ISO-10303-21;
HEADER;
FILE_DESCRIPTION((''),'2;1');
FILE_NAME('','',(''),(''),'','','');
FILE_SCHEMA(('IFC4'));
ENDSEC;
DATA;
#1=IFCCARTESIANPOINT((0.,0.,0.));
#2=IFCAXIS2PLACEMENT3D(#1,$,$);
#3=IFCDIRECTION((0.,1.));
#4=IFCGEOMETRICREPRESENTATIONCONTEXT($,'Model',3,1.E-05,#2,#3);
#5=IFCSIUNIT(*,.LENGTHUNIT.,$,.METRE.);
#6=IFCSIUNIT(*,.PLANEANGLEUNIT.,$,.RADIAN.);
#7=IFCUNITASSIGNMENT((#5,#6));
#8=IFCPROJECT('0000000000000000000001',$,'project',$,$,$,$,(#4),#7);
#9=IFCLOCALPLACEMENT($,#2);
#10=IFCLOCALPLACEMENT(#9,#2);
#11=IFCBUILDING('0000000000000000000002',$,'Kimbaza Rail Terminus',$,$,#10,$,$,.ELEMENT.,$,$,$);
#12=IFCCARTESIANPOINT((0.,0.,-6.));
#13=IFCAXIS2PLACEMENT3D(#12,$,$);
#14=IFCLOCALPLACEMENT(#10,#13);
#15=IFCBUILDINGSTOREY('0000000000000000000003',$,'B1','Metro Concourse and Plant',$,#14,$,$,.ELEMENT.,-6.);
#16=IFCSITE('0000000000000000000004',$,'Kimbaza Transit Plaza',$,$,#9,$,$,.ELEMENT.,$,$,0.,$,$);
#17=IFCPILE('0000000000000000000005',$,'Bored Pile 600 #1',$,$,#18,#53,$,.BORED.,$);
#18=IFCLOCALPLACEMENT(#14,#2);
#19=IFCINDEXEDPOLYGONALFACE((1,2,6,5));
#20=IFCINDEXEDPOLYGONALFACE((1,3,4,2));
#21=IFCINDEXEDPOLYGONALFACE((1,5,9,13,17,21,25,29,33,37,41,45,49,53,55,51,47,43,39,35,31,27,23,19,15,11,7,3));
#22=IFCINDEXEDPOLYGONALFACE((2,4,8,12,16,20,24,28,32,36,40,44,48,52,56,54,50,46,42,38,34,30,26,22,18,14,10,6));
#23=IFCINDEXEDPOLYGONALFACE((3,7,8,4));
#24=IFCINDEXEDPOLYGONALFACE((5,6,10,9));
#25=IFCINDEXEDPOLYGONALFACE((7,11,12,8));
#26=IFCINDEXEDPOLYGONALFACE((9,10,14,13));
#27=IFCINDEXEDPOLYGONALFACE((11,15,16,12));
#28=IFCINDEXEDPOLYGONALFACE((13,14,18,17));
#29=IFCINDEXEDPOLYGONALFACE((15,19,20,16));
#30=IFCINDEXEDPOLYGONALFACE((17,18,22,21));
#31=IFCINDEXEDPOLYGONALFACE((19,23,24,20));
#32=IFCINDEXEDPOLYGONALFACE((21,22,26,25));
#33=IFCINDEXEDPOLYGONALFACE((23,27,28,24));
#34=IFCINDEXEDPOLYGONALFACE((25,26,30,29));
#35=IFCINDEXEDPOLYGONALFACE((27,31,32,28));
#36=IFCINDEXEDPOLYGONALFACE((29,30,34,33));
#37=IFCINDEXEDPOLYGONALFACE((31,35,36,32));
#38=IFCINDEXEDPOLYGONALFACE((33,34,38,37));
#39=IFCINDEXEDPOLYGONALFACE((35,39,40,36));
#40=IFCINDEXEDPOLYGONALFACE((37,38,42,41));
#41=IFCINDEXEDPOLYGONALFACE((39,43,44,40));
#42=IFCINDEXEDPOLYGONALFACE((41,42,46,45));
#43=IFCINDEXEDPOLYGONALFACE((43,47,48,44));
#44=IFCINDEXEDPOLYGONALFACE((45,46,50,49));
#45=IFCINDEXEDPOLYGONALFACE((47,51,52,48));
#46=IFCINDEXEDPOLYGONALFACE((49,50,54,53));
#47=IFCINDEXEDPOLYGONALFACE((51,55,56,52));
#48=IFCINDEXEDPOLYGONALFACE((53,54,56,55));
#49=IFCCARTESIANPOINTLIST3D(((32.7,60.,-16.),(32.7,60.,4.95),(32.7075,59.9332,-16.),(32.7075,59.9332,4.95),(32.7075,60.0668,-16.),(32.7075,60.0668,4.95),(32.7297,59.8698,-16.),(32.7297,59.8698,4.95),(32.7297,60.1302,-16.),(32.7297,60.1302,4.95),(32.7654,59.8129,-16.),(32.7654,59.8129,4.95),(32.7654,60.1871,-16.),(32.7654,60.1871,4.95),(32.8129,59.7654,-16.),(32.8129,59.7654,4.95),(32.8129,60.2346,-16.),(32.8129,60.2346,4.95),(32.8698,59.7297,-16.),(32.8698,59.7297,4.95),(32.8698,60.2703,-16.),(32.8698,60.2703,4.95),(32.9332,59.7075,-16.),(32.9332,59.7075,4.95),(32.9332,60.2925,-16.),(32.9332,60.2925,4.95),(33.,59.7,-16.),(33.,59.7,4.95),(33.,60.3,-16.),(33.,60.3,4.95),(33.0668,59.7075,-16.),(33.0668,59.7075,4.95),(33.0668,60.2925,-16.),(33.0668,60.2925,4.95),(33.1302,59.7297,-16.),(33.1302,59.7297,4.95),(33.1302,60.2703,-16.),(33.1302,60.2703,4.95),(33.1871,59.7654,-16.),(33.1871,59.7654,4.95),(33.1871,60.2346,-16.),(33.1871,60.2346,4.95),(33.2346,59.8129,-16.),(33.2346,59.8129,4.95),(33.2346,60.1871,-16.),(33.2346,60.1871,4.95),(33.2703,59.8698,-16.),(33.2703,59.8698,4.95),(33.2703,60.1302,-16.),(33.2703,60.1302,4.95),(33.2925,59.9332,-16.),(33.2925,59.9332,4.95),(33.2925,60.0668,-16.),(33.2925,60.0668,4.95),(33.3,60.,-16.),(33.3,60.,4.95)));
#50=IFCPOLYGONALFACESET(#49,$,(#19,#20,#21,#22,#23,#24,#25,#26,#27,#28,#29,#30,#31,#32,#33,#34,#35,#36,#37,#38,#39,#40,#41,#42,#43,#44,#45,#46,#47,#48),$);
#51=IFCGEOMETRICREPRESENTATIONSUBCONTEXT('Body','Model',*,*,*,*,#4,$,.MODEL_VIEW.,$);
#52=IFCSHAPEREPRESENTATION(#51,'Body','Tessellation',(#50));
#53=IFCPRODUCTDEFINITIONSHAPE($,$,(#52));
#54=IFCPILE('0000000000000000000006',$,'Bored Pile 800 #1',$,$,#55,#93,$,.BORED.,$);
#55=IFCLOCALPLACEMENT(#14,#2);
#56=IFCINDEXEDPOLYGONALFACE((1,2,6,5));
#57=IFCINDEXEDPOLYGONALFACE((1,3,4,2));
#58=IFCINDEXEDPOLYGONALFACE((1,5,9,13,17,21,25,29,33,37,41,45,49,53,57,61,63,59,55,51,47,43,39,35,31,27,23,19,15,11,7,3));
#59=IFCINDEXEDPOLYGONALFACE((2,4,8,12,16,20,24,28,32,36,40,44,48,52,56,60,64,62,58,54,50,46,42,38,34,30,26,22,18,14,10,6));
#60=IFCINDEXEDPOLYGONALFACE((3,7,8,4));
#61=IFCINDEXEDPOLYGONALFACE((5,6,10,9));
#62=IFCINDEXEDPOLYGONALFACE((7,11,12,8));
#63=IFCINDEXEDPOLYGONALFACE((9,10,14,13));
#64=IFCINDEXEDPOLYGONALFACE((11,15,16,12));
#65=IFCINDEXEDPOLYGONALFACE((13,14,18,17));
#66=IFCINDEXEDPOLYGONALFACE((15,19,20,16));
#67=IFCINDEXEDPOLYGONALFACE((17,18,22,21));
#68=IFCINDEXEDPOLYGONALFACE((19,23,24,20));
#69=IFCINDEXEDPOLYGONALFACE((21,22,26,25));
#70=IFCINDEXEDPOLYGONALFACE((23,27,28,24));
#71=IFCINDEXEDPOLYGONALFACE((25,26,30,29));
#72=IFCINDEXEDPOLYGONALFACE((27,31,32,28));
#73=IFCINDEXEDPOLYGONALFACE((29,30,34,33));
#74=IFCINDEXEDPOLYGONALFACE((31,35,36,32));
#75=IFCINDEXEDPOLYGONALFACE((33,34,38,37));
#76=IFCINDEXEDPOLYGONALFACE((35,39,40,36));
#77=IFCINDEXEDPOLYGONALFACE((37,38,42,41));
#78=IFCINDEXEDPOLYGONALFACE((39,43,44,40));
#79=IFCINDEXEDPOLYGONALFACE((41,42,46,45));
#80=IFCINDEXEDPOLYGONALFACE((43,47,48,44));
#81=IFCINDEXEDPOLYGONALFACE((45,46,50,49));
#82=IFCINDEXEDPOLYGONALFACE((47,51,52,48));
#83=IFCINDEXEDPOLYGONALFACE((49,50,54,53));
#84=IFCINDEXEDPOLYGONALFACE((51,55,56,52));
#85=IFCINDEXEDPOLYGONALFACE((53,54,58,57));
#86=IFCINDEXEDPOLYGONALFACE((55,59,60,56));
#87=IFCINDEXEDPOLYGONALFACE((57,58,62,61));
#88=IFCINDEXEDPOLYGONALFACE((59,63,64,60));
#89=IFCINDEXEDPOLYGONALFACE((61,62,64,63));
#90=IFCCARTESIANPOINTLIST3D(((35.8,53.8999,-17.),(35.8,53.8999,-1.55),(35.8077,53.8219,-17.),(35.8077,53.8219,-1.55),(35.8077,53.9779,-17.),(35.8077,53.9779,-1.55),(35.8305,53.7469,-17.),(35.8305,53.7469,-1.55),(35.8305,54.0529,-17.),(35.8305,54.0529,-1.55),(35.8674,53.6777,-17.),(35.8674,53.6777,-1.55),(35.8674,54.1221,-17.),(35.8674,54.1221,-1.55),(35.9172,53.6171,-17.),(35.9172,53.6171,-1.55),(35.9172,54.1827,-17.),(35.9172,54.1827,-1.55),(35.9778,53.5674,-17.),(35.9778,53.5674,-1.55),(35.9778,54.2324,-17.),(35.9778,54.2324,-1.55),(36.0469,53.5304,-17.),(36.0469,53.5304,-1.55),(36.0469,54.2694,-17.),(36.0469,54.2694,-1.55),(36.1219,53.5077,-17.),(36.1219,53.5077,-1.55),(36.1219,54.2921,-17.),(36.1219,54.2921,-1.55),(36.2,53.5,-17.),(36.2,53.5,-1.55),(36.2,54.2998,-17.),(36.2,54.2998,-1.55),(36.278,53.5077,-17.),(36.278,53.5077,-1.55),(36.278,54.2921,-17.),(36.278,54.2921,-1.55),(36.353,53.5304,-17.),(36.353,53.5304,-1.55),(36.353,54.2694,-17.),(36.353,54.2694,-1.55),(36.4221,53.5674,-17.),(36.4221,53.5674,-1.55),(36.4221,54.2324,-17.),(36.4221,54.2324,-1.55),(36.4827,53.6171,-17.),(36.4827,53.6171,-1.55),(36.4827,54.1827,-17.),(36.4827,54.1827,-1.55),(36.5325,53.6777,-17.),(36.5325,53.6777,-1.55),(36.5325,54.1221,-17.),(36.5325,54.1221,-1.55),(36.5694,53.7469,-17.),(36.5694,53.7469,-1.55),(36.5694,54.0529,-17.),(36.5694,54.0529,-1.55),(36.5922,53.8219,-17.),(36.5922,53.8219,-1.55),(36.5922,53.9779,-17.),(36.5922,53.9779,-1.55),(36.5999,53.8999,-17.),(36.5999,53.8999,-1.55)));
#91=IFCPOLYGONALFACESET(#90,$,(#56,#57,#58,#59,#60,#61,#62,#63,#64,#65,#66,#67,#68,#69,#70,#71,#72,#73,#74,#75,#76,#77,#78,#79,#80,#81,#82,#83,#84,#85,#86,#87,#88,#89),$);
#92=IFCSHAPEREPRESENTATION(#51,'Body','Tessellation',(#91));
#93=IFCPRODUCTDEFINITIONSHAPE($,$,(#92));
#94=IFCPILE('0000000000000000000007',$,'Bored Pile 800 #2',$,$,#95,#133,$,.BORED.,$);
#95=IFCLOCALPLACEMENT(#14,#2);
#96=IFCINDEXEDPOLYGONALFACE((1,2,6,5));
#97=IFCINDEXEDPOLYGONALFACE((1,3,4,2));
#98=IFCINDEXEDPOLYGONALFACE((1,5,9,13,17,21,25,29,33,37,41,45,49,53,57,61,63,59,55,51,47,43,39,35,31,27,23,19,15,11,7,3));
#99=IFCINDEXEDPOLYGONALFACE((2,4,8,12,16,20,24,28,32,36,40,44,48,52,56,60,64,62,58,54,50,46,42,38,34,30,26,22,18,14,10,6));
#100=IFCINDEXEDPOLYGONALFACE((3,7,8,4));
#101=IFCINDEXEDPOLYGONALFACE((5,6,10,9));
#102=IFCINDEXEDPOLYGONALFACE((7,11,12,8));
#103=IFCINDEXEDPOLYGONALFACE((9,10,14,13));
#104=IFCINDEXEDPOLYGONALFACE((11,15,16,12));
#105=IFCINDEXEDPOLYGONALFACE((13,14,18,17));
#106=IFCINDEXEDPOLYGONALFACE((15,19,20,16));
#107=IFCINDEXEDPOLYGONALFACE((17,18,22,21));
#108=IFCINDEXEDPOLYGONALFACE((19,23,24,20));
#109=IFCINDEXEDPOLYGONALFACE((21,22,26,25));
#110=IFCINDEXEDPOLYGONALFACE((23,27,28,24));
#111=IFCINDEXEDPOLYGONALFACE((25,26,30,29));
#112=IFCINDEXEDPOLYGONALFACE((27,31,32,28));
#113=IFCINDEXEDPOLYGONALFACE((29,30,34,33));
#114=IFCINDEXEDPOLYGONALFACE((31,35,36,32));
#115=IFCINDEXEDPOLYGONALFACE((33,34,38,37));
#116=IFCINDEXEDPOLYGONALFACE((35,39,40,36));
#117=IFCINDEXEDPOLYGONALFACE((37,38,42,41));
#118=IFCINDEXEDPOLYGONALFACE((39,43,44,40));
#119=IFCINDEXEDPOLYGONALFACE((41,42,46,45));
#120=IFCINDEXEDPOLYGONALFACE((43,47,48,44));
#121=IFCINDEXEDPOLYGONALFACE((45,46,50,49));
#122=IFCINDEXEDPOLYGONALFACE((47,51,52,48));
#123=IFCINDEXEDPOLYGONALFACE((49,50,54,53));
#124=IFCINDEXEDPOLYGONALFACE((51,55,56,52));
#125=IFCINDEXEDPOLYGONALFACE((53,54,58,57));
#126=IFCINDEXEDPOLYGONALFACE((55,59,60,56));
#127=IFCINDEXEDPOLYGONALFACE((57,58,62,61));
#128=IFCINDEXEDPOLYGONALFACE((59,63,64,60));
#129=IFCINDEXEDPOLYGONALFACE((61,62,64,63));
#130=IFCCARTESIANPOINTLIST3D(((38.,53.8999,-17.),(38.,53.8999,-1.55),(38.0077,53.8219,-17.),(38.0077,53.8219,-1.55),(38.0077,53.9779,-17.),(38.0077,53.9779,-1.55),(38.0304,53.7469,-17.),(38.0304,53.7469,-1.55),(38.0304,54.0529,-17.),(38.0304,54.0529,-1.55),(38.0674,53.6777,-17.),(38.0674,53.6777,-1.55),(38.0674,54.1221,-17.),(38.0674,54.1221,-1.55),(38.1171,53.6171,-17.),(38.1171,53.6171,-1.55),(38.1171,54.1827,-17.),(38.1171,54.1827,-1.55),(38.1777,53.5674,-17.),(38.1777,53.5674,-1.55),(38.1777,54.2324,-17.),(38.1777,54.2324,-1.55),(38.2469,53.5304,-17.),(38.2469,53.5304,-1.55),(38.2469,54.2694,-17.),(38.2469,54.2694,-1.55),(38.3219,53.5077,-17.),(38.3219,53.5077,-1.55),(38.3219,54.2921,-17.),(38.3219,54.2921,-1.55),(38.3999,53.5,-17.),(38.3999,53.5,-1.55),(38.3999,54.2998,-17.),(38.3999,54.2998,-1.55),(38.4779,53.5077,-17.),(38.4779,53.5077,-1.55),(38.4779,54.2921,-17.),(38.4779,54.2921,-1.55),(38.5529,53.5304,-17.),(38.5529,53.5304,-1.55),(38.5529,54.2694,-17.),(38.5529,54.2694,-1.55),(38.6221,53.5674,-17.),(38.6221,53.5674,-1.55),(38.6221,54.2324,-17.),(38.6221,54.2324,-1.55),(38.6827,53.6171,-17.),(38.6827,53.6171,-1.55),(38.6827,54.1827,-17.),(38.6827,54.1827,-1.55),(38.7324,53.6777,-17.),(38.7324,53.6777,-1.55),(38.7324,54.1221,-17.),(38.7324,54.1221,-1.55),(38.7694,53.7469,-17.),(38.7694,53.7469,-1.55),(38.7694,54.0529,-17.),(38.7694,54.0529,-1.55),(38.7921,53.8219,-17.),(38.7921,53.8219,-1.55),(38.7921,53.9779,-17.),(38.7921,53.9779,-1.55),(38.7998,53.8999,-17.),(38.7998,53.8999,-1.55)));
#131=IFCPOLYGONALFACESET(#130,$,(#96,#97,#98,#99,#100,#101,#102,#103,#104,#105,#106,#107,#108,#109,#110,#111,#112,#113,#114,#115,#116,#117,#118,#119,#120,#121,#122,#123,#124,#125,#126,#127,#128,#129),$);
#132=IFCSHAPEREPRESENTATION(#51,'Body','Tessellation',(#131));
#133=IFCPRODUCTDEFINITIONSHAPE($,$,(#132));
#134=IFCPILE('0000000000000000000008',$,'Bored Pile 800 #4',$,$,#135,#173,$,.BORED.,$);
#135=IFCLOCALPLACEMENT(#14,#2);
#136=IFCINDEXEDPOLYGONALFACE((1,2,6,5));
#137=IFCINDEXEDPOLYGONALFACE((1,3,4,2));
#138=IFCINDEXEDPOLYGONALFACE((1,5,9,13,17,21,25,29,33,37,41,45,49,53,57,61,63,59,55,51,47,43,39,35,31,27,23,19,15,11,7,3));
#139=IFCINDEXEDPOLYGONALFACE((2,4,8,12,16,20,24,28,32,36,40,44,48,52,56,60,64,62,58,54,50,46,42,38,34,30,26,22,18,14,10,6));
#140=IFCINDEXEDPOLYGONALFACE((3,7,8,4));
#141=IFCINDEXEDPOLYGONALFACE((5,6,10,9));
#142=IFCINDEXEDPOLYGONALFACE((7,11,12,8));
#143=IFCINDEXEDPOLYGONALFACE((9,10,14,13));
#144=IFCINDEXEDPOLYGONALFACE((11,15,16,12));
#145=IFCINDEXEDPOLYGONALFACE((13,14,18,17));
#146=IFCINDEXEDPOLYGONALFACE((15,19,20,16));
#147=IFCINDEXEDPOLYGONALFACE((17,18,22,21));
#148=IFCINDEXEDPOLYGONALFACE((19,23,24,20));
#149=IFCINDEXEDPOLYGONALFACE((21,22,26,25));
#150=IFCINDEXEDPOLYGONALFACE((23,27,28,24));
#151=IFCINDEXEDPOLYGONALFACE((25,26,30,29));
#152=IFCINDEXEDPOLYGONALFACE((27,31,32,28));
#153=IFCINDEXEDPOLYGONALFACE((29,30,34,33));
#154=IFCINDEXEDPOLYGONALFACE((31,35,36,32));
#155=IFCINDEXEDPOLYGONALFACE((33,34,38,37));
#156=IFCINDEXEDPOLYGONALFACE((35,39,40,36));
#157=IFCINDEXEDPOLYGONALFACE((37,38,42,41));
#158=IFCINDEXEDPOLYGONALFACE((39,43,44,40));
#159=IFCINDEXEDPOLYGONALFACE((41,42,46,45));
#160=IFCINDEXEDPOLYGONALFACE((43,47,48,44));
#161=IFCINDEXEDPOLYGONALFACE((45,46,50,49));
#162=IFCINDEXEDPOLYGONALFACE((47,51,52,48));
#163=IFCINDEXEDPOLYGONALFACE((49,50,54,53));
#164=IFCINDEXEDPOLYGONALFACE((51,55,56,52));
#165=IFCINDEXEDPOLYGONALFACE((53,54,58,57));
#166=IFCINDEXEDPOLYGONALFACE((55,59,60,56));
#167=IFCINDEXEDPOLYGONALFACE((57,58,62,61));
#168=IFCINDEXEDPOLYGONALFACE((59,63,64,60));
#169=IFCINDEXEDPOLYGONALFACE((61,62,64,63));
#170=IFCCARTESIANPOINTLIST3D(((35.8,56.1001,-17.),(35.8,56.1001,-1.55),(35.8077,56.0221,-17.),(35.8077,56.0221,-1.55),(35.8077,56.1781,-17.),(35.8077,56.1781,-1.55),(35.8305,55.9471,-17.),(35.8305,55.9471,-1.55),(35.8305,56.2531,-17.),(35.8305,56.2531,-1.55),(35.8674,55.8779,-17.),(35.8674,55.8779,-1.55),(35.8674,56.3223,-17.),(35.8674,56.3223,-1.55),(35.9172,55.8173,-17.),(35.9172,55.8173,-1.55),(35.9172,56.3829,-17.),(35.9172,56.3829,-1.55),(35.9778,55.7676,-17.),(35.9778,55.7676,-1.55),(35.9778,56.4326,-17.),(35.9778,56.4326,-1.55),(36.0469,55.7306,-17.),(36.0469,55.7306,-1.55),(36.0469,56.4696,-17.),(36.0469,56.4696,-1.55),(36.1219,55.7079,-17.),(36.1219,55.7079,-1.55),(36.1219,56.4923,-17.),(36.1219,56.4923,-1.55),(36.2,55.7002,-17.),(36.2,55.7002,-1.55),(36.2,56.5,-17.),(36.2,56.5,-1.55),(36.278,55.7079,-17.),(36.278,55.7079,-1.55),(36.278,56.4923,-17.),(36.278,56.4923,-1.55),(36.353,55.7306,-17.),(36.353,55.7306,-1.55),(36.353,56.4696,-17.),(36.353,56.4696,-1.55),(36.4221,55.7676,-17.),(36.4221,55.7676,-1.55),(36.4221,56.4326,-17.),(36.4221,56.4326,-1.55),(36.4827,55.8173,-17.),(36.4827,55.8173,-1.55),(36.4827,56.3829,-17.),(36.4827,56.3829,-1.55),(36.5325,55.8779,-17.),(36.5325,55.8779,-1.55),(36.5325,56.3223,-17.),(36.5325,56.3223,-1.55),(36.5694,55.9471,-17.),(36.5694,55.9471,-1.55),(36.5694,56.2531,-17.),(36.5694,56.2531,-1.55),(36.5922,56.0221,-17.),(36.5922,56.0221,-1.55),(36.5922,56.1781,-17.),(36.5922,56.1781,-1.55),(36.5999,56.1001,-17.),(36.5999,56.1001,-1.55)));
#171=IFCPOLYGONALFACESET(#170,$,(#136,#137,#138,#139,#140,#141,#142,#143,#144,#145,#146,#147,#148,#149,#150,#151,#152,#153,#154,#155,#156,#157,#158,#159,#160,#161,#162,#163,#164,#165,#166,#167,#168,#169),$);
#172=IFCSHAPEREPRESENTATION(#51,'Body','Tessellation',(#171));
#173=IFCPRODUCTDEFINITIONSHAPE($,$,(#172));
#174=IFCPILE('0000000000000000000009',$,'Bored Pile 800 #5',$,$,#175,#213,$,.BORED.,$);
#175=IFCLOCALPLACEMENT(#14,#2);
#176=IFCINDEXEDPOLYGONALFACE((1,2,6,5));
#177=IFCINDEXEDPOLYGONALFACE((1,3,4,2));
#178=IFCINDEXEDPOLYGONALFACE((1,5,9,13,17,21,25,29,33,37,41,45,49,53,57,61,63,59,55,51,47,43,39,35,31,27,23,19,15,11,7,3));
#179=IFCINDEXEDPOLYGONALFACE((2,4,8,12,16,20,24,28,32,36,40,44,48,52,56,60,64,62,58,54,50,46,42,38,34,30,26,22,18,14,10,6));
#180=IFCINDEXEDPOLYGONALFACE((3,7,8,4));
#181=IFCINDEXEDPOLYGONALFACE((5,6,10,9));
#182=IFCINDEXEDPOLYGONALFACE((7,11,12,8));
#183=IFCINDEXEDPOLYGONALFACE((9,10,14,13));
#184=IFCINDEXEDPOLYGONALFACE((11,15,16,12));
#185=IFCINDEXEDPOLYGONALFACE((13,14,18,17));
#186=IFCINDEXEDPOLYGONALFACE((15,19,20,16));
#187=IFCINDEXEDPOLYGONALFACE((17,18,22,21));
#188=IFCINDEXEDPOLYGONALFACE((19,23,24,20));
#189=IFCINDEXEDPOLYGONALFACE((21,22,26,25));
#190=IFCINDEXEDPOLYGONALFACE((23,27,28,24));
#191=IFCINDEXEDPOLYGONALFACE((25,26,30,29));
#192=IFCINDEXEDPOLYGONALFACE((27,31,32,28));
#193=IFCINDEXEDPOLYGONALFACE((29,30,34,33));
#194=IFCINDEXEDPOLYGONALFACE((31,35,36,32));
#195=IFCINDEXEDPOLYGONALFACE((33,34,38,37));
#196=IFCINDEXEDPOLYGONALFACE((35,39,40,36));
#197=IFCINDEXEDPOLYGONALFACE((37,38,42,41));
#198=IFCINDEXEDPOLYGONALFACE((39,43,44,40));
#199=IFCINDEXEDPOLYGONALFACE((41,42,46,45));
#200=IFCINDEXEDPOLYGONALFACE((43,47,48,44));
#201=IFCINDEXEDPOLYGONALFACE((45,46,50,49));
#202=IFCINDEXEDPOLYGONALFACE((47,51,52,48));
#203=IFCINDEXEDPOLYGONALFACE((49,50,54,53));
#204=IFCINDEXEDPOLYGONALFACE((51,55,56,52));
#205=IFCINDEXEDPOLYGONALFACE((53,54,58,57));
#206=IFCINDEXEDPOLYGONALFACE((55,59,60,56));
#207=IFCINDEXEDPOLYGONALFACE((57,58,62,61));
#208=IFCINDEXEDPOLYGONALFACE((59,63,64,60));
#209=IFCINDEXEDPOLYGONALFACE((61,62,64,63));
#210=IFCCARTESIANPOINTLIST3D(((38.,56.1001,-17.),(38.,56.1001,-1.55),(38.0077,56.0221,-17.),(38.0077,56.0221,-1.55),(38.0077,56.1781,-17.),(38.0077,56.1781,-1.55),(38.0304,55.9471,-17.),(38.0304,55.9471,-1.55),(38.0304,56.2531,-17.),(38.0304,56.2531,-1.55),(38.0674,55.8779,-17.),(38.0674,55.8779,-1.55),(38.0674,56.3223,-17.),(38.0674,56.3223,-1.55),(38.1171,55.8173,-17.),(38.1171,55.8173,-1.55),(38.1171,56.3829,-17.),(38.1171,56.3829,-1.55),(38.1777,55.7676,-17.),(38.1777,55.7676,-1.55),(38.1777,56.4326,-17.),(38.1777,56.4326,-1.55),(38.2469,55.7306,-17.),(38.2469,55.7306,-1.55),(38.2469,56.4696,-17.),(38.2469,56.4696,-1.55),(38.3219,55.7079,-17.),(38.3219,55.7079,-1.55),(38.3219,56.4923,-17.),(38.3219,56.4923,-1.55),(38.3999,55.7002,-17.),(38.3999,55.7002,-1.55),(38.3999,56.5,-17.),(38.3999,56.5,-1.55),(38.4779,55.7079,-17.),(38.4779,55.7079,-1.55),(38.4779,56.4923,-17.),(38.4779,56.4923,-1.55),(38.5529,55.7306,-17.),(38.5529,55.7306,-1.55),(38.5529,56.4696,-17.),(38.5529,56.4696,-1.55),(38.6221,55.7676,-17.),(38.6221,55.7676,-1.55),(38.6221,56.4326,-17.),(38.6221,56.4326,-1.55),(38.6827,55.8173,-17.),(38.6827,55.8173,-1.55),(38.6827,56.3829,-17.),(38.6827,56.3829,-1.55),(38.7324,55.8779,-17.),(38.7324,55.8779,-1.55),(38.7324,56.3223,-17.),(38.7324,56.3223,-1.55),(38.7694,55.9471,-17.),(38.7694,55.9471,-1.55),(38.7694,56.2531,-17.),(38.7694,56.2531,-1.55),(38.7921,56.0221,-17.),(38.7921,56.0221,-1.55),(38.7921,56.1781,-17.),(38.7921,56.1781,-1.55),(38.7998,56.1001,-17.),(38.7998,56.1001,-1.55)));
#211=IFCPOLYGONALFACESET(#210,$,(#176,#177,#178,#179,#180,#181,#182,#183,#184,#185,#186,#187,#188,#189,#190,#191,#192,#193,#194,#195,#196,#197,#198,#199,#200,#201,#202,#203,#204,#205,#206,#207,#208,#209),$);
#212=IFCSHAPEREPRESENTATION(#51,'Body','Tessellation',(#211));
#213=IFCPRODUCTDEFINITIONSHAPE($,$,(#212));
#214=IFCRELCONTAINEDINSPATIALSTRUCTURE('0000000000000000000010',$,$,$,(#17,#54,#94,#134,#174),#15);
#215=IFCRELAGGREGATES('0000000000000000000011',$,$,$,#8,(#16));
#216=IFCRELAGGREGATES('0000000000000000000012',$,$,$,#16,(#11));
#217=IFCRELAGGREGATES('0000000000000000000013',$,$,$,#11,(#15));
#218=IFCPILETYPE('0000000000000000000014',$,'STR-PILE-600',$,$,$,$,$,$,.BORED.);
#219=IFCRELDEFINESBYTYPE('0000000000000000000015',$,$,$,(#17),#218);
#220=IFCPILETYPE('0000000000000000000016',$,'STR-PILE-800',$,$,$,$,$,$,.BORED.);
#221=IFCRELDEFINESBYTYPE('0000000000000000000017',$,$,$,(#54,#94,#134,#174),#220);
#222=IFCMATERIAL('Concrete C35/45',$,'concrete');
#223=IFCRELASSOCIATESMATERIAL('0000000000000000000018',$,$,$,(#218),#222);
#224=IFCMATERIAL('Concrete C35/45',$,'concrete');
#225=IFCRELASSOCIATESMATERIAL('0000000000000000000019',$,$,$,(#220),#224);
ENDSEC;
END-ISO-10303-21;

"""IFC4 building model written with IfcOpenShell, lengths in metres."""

from ifc_helpers import new_model, si_unit, direction, frame, origin, origin_2d, place, context, subcontext, project, spatial, circle, extrude, material, material_profile, profile_set, type_object, element, save


model = new_model("IFC4")

# Units and contexts
model_context = context("Model", 3, precision=1e-05, world=origin(), true_north=direction((0.0, 1.0)))
body_context = subcontext(model_context, "Body", "Model", "MODEL_VIEW")
ifc_project = project(units=[si_unit("LENGTHUNIT", "METRE"), si_unit("PLANEANGLEUNIT", "RADIAN")], contexts=[model_context])

# Site, building, storey
site_placement = place(None, origin())
site = spatial("IfcSite", under=ifc_project, at=site_placement, Name="Kimbaza Transit Plaza", CompositionType="ELEMENT", RefElevation=0.0)
building_placement = place(site_placement, origin())
building = spatial("IfcBuilding", under=site, at=building_placement, Name="Kimbaza Rail Terminus", CompositionType="ELEMENT")
storey_placement = place(building_placement, frame((0.0, 0.0, -6.0)))
storey = spatial("IfcBuildingStorey", under=building, at=storey_placement, Name="B1", Description="Metro Concourse and Plant", CompositionType="ELEMENT", Elevation=-6.0)

# Piles
ifc_material_1 = material(Name="Concrete C35/45", Category="concrete")
ifc_material_profile_1 = material_profile(ifc_material_1, circle(Radius=0.3, at=origin_2d()), Name="BORED PILE 600")
ifc_profile_set_1 = profile_set([ifc_material_profile_1], Name="Concrete C35/45")
pile_type_1 = type_object("IfcPileType", Name="STR-PILE-600", PredefinedType="BORED", material=ifc_profile_set_1)
for number, where, z_axis, x_axis, name in (
    (1, (33.0, 60.0, 4.95), (0.0, 0.0, -1.0), (1.0, 0.0, 0.0), "Bored Pile 600 #1"),
):
    element("IfcPile", number, at=place(storey_placement, frame(where, z_axis=z_axis, x_axis=x_axis)), inside=storey, type_object=pile_type_1, Name=name, PredefinedType="BORED", context=body_context, shape_type="SweptSolid", body=[
        extrude(circle(Radius=0.3, at=origin_2d()), origin(), (0.0, 0.0, 1.0), 20.95),
    ])
ifc_material_2 = material(Name="Concrete C35/45", Category="concrete")
ifc_material_profile_2 = material_profile(ifc_material_2, circle(Radius=0.3999, at=origin_2d()), Name="BORED PILE 800")
ifc_profile_set_2 = profile_set([ifc_material_profile_2], Name="Concrete C35/45")
pile_type_2 = type_object("IfcPileType", Name="STR-PILE-800", PredefinedType="BORED", material=ifc_profile_set_2)
for number, where, z_axis, x_axis, name in (
    (2, (36.2, 53.8999, -1.55), (0.0, 0.0, -1.0), (1.0, 0.0, 0.0), "Bored Pile 800 #1"),
    (3, (38.3999, 53.8999, -1.55), (0.0, 0.0, -1.0), (1.0, 0.0, 0.0), "Bored Pile 800 #2"),
    (4, (36.2, 56.1001, -1.55), (0.0, 0.0, -1.0), (1.0, 0.0, 0.0), "Bored Pile 800 #4"),
    (5, (38.3999, 56.1001, -1.55), (0.0, 0.0, -1.0), (1.0, 0.0, 0.0), "Bored Pile 800 #5"),
):
    element("IfcPile", number, at=place(storey_placement, frame(where, z_axis=z_axis, x_axis=x_axis)), inside=storey, type_object=pile_type_2, Name=name, PredefinedType="BORED", context=body_context, shape_type="SweptSolid", body=[
        extrude(circle(Radius=0.3999, at=origin_2d()), origin(), (0.0, 0.0, 1.0), 15.45),
    ])

save(model, "model.ifc")
